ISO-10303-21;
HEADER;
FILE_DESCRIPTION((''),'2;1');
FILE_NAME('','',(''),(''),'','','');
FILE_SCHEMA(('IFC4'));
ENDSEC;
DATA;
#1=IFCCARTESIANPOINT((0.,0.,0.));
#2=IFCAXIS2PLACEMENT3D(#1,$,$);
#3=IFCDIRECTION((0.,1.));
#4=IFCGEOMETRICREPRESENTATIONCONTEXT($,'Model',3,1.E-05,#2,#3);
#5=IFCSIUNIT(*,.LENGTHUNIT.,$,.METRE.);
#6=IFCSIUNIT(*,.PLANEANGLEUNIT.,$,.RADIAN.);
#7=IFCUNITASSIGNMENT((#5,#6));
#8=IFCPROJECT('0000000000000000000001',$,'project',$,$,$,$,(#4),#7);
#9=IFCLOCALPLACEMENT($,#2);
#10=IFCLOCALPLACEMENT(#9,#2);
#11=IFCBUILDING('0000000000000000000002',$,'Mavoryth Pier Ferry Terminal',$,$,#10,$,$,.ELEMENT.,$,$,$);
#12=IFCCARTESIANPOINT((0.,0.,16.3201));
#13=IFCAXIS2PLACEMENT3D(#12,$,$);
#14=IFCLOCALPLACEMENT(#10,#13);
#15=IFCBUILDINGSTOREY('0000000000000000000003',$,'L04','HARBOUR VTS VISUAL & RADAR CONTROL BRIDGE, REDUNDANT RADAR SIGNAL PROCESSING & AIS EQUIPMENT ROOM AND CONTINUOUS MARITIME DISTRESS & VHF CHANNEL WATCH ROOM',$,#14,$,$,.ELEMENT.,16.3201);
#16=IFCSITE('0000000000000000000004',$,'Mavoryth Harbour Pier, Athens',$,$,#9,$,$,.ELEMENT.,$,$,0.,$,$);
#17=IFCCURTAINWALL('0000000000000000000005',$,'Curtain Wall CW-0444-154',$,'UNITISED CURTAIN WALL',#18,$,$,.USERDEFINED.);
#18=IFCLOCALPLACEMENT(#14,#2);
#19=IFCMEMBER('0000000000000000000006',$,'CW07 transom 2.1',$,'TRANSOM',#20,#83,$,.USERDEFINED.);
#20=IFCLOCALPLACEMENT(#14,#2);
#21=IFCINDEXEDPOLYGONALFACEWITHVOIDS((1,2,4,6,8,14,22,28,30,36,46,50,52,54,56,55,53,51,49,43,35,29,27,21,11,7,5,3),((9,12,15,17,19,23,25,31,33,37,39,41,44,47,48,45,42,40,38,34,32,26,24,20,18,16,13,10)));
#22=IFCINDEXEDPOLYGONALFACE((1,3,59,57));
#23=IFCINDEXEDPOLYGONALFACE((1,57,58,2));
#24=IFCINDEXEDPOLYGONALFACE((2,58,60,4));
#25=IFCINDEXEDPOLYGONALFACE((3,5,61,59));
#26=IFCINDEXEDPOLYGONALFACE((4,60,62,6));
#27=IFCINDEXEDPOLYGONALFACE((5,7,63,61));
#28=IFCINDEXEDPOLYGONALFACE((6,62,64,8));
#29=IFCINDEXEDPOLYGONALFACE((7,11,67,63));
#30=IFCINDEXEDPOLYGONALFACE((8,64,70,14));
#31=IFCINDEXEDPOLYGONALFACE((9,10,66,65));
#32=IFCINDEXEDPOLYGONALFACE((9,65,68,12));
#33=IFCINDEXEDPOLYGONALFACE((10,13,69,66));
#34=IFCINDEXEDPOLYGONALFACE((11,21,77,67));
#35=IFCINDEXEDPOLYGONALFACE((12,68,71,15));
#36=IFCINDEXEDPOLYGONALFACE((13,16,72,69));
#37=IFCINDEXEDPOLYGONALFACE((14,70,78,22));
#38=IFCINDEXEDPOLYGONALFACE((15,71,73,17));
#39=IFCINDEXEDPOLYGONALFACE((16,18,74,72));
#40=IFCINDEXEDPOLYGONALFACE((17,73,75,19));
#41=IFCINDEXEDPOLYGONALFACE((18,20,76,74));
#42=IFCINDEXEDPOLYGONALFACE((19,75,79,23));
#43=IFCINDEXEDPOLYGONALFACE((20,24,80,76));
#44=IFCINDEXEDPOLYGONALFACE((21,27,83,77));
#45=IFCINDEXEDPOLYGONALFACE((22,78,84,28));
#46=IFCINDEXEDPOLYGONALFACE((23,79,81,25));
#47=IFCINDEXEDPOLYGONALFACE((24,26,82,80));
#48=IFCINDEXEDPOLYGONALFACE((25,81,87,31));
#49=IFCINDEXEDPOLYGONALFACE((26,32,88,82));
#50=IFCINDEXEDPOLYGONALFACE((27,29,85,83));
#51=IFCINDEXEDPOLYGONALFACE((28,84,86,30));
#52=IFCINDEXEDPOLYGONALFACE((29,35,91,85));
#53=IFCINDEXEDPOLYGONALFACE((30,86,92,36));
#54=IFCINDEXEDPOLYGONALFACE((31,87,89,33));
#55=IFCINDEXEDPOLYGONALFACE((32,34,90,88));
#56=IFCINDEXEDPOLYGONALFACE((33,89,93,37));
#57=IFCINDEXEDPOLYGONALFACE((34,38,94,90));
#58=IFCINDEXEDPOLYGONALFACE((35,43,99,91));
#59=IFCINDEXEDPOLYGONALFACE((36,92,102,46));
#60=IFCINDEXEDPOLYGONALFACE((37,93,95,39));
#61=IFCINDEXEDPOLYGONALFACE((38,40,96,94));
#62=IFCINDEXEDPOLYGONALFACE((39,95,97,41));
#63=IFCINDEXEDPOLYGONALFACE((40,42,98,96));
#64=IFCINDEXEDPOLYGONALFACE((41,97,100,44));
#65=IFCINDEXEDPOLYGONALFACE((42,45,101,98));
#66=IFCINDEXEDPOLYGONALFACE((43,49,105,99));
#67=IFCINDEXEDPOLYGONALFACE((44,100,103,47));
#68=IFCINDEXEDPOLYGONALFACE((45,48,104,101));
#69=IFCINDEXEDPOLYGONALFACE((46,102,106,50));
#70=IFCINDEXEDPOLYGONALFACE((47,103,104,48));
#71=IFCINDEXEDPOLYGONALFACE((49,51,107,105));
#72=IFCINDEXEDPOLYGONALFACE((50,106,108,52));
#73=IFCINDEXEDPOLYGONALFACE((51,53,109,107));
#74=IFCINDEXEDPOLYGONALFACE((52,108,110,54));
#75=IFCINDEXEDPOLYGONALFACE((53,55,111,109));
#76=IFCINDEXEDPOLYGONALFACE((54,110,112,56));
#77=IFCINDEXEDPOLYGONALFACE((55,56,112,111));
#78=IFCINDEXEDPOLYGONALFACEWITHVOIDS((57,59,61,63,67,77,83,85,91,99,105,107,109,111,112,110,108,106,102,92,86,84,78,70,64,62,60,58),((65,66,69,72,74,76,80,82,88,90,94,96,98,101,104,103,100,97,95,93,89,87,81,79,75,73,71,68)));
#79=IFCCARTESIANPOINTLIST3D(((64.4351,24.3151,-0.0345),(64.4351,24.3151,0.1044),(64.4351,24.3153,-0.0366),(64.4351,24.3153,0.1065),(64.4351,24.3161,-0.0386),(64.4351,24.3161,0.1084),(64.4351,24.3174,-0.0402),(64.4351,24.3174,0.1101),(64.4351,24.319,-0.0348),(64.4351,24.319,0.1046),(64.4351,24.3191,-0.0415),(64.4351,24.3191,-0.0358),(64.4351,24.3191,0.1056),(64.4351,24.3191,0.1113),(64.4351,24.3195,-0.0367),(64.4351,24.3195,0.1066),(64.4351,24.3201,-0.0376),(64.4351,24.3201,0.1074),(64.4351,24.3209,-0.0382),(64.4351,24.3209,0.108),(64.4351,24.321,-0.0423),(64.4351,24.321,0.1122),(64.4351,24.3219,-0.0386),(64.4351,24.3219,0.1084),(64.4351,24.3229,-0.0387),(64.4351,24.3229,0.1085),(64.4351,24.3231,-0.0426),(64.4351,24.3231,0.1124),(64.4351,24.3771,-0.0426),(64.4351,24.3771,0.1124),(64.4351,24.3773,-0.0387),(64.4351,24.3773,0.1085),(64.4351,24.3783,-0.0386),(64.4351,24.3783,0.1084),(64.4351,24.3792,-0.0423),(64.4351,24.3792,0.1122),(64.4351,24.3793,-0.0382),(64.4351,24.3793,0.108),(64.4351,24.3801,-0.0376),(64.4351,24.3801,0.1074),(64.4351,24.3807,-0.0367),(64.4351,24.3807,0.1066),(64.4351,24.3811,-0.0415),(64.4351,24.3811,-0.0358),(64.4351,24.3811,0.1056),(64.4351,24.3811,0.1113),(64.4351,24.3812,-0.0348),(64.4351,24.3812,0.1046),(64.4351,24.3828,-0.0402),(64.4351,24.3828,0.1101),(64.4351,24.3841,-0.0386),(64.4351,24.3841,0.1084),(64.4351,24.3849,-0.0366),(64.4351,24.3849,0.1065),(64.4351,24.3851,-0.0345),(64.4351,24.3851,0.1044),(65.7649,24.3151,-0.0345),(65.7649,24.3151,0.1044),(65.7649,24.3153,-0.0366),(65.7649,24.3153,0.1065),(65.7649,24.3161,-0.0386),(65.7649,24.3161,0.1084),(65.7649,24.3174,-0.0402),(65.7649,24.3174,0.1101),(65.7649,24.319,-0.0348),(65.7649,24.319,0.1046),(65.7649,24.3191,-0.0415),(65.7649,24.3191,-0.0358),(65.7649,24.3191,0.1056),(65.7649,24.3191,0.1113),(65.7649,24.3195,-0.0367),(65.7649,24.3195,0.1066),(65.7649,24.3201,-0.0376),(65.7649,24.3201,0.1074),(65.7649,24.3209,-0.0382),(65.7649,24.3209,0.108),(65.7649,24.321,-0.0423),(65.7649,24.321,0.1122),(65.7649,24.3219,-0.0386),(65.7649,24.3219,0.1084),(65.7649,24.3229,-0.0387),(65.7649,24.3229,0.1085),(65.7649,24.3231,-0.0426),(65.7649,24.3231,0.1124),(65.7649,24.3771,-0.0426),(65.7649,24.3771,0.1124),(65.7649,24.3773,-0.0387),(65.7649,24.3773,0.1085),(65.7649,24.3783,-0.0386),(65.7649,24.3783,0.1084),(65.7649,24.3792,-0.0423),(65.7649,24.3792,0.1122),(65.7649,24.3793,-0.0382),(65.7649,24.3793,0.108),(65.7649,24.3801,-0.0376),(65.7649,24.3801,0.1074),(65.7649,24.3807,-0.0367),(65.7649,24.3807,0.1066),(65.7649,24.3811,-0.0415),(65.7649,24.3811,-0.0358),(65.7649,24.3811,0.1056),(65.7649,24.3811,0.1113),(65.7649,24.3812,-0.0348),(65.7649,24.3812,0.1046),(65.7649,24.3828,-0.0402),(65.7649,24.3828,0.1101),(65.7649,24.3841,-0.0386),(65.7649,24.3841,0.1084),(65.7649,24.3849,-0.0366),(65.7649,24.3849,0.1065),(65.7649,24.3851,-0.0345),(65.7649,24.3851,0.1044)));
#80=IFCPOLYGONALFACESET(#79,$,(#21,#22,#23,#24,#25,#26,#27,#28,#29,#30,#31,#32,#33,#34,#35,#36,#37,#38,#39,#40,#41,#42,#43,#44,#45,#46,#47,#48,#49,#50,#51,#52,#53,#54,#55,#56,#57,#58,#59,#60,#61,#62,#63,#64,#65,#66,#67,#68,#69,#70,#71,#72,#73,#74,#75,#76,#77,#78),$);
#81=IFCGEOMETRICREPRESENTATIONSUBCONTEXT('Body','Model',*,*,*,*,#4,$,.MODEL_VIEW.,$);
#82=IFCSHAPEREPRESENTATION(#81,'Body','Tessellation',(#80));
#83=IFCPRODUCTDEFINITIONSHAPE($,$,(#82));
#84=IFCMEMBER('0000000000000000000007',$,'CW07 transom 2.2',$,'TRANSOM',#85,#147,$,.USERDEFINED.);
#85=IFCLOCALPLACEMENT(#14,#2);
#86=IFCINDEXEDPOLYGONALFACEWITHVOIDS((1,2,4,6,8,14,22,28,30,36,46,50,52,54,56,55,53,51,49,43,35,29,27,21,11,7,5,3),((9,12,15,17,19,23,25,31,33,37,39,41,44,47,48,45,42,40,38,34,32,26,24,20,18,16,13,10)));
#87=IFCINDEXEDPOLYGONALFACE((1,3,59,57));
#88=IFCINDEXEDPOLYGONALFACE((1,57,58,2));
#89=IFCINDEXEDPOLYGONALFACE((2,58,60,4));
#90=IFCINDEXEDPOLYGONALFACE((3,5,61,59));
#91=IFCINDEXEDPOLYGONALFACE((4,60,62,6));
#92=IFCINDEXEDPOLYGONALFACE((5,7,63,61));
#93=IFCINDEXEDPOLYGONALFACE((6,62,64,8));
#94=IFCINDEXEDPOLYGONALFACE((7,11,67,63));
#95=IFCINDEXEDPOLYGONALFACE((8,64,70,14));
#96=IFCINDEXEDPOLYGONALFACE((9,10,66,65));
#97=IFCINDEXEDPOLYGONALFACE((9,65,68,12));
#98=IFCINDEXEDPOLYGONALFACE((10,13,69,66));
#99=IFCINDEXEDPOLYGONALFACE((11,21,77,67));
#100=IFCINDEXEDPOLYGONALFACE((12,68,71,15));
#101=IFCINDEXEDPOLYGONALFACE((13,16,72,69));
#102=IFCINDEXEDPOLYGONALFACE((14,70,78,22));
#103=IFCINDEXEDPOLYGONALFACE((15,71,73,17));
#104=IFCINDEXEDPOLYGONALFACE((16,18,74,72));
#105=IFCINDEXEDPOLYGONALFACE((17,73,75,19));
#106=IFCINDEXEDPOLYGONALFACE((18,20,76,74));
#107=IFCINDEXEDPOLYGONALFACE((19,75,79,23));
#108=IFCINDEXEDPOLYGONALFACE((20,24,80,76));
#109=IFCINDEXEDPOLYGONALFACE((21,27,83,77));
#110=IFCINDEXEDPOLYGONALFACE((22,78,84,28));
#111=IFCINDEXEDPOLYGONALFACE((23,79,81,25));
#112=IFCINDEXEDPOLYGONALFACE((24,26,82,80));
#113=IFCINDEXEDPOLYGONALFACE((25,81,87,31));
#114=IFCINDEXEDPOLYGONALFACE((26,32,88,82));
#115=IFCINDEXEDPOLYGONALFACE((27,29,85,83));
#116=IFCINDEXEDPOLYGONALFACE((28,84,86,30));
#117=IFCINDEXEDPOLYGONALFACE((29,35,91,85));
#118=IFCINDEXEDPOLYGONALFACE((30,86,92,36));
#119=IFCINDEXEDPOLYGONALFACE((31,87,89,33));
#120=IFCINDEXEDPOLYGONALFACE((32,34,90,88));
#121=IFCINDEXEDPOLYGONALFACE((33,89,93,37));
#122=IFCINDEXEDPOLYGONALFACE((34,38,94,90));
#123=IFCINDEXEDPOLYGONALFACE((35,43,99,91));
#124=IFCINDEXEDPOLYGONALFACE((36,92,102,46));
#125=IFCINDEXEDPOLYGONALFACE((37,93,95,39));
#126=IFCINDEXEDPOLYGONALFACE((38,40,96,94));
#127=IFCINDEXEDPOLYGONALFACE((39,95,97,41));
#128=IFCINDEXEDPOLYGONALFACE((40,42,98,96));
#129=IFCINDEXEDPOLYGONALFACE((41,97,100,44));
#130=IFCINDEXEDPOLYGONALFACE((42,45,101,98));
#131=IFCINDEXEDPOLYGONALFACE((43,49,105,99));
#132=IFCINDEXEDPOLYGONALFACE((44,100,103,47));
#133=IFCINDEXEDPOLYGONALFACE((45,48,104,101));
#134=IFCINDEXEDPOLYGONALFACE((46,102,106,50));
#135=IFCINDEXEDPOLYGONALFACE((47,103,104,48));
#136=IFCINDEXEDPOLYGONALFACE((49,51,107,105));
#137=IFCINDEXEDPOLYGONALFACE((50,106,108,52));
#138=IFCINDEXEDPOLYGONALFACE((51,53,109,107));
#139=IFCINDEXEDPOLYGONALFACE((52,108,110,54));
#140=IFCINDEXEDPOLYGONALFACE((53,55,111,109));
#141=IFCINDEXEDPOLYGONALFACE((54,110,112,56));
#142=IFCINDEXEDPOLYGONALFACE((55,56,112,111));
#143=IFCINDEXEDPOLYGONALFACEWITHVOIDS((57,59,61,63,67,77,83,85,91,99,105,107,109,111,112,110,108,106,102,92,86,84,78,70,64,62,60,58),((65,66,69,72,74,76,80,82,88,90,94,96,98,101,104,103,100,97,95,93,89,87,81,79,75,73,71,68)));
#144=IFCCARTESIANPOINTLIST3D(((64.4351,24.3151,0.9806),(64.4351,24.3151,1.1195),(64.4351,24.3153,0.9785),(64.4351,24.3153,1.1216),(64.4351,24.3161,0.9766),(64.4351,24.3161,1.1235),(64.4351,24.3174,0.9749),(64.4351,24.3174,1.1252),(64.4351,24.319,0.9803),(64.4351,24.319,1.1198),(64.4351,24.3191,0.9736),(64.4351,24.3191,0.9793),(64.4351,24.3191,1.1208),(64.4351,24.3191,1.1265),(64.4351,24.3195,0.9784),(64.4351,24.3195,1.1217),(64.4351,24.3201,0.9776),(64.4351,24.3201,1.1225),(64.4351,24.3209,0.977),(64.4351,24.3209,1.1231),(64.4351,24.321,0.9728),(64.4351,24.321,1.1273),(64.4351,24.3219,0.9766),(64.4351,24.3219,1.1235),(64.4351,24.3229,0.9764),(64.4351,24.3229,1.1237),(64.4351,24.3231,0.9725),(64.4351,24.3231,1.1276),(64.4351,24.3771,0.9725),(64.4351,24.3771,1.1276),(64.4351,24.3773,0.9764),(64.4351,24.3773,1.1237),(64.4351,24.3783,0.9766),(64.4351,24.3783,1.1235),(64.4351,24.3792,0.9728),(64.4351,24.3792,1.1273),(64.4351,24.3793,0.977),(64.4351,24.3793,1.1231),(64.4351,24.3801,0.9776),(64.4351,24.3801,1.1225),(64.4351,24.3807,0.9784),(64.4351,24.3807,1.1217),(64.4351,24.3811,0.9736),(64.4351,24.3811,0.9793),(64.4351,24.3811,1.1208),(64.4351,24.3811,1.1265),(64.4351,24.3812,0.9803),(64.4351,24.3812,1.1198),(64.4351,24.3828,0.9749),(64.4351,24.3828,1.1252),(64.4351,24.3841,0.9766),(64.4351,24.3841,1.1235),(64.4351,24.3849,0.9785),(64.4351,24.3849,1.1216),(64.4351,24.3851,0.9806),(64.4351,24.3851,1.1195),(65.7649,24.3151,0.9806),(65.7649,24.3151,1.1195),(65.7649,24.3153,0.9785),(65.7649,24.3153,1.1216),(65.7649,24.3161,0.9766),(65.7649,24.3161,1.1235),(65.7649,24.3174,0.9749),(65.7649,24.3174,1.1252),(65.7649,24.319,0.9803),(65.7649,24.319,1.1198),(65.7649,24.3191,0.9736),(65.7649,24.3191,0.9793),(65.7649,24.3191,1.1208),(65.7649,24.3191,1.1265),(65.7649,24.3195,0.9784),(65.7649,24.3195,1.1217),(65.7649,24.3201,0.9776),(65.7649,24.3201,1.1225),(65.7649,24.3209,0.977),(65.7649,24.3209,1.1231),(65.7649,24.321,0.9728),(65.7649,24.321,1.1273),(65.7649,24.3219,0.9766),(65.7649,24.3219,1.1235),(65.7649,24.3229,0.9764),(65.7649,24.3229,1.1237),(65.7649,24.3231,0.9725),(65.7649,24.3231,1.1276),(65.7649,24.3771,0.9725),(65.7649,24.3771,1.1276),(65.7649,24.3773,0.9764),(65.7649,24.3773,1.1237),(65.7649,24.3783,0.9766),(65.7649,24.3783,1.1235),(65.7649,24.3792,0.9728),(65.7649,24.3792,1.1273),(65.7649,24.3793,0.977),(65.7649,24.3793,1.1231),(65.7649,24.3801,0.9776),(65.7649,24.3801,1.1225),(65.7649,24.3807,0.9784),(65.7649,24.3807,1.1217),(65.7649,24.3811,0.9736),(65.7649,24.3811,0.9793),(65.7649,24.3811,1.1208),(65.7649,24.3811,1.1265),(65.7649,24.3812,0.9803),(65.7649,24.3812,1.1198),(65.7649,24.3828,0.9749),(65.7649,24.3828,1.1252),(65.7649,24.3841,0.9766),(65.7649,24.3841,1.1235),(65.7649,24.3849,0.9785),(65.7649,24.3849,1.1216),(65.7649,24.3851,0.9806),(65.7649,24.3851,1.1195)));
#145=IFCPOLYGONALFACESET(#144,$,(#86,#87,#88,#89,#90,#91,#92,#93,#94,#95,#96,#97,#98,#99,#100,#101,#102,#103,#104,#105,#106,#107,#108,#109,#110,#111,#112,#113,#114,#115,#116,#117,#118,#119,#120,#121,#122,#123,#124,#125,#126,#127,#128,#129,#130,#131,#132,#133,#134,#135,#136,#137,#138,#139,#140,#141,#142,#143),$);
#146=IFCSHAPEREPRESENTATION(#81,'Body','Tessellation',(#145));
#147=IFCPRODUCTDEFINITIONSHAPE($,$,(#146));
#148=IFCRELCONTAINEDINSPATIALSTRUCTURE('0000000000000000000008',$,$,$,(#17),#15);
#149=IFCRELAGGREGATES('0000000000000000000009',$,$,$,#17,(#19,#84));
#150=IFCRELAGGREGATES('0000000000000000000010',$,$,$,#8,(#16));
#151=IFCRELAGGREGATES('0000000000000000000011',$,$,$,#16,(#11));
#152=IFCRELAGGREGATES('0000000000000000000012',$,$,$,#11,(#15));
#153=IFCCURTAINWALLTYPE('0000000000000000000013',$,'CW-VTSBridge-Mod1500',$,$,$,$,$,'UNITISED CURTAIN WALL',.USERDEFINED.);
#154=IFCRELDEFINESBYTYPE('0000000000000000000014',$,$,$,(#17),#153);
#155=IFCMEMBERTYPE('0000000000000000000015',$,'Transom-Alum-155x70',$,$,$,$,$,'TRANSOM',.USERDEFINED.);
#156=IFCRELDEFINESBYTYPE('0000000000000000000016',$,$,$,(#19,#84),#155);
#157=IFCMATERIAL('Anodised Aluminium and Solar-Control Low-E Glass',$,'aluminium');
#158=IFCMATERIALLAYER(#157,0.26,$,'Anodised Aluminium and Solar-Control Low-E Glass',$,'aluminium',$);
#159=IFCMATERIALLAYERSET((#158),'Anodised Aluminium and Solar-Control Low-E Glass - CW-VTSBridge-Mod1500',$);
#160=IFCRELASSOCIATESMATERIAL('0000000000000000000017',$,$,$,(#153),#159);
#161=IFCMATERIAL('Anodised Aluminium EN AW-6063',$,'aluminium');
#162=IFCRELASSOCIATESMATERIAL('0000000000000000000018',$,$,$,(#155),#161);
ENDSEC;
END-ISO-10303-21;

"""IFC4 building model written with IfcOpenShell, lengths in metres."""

from ifc_helpers import new_model, si_unit, direction, frame, origin, origin_2d, place, context, subcontext, project, spatial, hollow_rectangle, extrude, material, layer, layer_set, material_profile, profile_set, type_object, element, aggregate, save


model = new_model("IFC4")

# Units and contexts
model_context = context("Model", 3, precision=1e-05, world=origin(), true_north=direction((0.0, 1.0)))
body_context = subcontext(model_context, "Body", "Model", "MODEL_VIEW")
ifc_project = project(units=[si_unit("LENGTHUNIT", "METRE"), si_unit("PLANEANGLEUNIT", "RADIAN")], contexts=[model_context])

# Site, building, storey
site_placement = place(None, origin())
site = spatial("IfcSite", under=ifc_project, at=site_placement, Name="Mavoryth Harbour Pier, Athens", CompositionType="ELEMENT", RefElevation=0.0)
building_placement = place(site_placement, origin())
building = spatial("IfcBuilding", under=site, at=building_placement, Name="Mavoryth Pier Ferry Terminal", CompositionType="ELEMENT")
storey_placement = place(building_placement, frame((0.0, 0.0, 16.3201)))
storey = spatial("IfcBuildingStorey", under=building, at=storey_placement, Name="L04", Description="HARBOUR VTS VISUAL & RADAR CONTROL BRIDGE, REDUNDANT RADAR SIGNAL PROCESSING & AIS EQUIPMENT ROOM AND CONTINUOUS MARITIME DISTRESS & VHF CHANNEL WATCH ROOM", CompositionType="ELEMENT", Elevation=16.3201)

# Shared definitions
ifc_material_1 = material(Name="Anodised Aluminium and Solar-Control Low-E Glass", Category="aluminium")
ifc_layer_1 = layer(ifc_material_1, 0.26, Name="Anodised Aluminium and Solar-Control Low-E Glass", Category="aluminium")
ifc_layer_set_1 = layer_set([ifc_layer_1], Name="Anodised Aluminium and Solar-Control Low-E Glass - CW-VTSBridge-Mod1500")
curtain_wall_type = type_object("IfcCurtainWallType", Name="CW-VTSBridge-Mod1500", ElementType="UNITISED CURTAIN WALL", PredefinedType="USERDEFINED", material=ifc_layer_set_1)
ifc_material_2 = material(Name="Anodised Aluminium EN AW-6063", Category="aluminium")

# Curtain wall
curtain_wall_1_placement = place(storey_placement, origin())
curtain_wall_1 = element("IfcCurtainWall", 1, at=curtain_wall_1_placement, inside=storey, type_object=curtain_wall_type, Name="Curtain Wall CW-0444-154", ObjectType="UNITISED CURTAIN WALL", PredefinedType="USERDEFINED")

# Members
ifc_material_profile_1 = material_profile(ifc_material_2, hollow_rectangle(XDim=0.0701, YDim=0.155, WallThickness=0.0039, InnerFilletRadius=0.0039, OuterFilletRadius=0.0081, at=origin_2d()), Name="AL-TRAN 155x70x4", Category="aluminium")
ifc_profile_set_1 = profile_set([ifc_material_profile_1], Name="Anodised Aluminium EN AW-6063 - AL-TRAN 155x70x4")
member_type_1 = type_object("IfcMemberType", Name="Transom-Alum-155x70", ElementType="TRANSOM", PredefinedType="USERDEFINED", material=ifc_profile_set_1)
member_1_placement = place(storey_placement, frame((65.7649, 24.3501, 0.0349), z_axis=(-1.0, 0.0, 0.0), x_axis=(0.0, -1.0, 0.0)))
member_1 = element("IfcMember", 2, at=member_1_placement, type_object=member_type_1, Name="CW07 transom 2.1", ObjectType="TRANSOM", PredefinedType="USERDEFINED", context=body_context, shape_type="SweptSolid", body=[
    extrude(hollow_rectangle(XDim=0.0701, YDim=0.155, WallThickness=0.0039, InnerFilletRadius=0.0039, OuterFilletRadius=0.0081, at=origin_2d()), origin(), (0.0, 0.0, 1.0), 1.3298),
])
member_2_placement = place(storey_placement, frame((65.7649, 24.3501, 1.05), z_axis=(-1.0, 0.0, 0.0), x_axis=(0.0, -1.0, 0.0)))
member_2 = element("IfcMember", 3, at=member_2_placement, type_object=member_type_1, Name="CW07 transom 2.2", ObjectType="TRANSOM", PredefinedType="USERDEFINED", context=body_context, shape_type="SweptSolid", body=[
    extrude(hollow_rectangle(XDim=0.0701, YDim=0.155, WallThickness=0.0039, InnerFilletRadius=0.0039, OuterFilletRadius=0.0081, at=origin_2d()), origin(), (0.0, 0.0, 1.0), 1.3298),
])

aggregate(curtain_wall_1, [member_1, member_2])

save(model, "model.ifc")
